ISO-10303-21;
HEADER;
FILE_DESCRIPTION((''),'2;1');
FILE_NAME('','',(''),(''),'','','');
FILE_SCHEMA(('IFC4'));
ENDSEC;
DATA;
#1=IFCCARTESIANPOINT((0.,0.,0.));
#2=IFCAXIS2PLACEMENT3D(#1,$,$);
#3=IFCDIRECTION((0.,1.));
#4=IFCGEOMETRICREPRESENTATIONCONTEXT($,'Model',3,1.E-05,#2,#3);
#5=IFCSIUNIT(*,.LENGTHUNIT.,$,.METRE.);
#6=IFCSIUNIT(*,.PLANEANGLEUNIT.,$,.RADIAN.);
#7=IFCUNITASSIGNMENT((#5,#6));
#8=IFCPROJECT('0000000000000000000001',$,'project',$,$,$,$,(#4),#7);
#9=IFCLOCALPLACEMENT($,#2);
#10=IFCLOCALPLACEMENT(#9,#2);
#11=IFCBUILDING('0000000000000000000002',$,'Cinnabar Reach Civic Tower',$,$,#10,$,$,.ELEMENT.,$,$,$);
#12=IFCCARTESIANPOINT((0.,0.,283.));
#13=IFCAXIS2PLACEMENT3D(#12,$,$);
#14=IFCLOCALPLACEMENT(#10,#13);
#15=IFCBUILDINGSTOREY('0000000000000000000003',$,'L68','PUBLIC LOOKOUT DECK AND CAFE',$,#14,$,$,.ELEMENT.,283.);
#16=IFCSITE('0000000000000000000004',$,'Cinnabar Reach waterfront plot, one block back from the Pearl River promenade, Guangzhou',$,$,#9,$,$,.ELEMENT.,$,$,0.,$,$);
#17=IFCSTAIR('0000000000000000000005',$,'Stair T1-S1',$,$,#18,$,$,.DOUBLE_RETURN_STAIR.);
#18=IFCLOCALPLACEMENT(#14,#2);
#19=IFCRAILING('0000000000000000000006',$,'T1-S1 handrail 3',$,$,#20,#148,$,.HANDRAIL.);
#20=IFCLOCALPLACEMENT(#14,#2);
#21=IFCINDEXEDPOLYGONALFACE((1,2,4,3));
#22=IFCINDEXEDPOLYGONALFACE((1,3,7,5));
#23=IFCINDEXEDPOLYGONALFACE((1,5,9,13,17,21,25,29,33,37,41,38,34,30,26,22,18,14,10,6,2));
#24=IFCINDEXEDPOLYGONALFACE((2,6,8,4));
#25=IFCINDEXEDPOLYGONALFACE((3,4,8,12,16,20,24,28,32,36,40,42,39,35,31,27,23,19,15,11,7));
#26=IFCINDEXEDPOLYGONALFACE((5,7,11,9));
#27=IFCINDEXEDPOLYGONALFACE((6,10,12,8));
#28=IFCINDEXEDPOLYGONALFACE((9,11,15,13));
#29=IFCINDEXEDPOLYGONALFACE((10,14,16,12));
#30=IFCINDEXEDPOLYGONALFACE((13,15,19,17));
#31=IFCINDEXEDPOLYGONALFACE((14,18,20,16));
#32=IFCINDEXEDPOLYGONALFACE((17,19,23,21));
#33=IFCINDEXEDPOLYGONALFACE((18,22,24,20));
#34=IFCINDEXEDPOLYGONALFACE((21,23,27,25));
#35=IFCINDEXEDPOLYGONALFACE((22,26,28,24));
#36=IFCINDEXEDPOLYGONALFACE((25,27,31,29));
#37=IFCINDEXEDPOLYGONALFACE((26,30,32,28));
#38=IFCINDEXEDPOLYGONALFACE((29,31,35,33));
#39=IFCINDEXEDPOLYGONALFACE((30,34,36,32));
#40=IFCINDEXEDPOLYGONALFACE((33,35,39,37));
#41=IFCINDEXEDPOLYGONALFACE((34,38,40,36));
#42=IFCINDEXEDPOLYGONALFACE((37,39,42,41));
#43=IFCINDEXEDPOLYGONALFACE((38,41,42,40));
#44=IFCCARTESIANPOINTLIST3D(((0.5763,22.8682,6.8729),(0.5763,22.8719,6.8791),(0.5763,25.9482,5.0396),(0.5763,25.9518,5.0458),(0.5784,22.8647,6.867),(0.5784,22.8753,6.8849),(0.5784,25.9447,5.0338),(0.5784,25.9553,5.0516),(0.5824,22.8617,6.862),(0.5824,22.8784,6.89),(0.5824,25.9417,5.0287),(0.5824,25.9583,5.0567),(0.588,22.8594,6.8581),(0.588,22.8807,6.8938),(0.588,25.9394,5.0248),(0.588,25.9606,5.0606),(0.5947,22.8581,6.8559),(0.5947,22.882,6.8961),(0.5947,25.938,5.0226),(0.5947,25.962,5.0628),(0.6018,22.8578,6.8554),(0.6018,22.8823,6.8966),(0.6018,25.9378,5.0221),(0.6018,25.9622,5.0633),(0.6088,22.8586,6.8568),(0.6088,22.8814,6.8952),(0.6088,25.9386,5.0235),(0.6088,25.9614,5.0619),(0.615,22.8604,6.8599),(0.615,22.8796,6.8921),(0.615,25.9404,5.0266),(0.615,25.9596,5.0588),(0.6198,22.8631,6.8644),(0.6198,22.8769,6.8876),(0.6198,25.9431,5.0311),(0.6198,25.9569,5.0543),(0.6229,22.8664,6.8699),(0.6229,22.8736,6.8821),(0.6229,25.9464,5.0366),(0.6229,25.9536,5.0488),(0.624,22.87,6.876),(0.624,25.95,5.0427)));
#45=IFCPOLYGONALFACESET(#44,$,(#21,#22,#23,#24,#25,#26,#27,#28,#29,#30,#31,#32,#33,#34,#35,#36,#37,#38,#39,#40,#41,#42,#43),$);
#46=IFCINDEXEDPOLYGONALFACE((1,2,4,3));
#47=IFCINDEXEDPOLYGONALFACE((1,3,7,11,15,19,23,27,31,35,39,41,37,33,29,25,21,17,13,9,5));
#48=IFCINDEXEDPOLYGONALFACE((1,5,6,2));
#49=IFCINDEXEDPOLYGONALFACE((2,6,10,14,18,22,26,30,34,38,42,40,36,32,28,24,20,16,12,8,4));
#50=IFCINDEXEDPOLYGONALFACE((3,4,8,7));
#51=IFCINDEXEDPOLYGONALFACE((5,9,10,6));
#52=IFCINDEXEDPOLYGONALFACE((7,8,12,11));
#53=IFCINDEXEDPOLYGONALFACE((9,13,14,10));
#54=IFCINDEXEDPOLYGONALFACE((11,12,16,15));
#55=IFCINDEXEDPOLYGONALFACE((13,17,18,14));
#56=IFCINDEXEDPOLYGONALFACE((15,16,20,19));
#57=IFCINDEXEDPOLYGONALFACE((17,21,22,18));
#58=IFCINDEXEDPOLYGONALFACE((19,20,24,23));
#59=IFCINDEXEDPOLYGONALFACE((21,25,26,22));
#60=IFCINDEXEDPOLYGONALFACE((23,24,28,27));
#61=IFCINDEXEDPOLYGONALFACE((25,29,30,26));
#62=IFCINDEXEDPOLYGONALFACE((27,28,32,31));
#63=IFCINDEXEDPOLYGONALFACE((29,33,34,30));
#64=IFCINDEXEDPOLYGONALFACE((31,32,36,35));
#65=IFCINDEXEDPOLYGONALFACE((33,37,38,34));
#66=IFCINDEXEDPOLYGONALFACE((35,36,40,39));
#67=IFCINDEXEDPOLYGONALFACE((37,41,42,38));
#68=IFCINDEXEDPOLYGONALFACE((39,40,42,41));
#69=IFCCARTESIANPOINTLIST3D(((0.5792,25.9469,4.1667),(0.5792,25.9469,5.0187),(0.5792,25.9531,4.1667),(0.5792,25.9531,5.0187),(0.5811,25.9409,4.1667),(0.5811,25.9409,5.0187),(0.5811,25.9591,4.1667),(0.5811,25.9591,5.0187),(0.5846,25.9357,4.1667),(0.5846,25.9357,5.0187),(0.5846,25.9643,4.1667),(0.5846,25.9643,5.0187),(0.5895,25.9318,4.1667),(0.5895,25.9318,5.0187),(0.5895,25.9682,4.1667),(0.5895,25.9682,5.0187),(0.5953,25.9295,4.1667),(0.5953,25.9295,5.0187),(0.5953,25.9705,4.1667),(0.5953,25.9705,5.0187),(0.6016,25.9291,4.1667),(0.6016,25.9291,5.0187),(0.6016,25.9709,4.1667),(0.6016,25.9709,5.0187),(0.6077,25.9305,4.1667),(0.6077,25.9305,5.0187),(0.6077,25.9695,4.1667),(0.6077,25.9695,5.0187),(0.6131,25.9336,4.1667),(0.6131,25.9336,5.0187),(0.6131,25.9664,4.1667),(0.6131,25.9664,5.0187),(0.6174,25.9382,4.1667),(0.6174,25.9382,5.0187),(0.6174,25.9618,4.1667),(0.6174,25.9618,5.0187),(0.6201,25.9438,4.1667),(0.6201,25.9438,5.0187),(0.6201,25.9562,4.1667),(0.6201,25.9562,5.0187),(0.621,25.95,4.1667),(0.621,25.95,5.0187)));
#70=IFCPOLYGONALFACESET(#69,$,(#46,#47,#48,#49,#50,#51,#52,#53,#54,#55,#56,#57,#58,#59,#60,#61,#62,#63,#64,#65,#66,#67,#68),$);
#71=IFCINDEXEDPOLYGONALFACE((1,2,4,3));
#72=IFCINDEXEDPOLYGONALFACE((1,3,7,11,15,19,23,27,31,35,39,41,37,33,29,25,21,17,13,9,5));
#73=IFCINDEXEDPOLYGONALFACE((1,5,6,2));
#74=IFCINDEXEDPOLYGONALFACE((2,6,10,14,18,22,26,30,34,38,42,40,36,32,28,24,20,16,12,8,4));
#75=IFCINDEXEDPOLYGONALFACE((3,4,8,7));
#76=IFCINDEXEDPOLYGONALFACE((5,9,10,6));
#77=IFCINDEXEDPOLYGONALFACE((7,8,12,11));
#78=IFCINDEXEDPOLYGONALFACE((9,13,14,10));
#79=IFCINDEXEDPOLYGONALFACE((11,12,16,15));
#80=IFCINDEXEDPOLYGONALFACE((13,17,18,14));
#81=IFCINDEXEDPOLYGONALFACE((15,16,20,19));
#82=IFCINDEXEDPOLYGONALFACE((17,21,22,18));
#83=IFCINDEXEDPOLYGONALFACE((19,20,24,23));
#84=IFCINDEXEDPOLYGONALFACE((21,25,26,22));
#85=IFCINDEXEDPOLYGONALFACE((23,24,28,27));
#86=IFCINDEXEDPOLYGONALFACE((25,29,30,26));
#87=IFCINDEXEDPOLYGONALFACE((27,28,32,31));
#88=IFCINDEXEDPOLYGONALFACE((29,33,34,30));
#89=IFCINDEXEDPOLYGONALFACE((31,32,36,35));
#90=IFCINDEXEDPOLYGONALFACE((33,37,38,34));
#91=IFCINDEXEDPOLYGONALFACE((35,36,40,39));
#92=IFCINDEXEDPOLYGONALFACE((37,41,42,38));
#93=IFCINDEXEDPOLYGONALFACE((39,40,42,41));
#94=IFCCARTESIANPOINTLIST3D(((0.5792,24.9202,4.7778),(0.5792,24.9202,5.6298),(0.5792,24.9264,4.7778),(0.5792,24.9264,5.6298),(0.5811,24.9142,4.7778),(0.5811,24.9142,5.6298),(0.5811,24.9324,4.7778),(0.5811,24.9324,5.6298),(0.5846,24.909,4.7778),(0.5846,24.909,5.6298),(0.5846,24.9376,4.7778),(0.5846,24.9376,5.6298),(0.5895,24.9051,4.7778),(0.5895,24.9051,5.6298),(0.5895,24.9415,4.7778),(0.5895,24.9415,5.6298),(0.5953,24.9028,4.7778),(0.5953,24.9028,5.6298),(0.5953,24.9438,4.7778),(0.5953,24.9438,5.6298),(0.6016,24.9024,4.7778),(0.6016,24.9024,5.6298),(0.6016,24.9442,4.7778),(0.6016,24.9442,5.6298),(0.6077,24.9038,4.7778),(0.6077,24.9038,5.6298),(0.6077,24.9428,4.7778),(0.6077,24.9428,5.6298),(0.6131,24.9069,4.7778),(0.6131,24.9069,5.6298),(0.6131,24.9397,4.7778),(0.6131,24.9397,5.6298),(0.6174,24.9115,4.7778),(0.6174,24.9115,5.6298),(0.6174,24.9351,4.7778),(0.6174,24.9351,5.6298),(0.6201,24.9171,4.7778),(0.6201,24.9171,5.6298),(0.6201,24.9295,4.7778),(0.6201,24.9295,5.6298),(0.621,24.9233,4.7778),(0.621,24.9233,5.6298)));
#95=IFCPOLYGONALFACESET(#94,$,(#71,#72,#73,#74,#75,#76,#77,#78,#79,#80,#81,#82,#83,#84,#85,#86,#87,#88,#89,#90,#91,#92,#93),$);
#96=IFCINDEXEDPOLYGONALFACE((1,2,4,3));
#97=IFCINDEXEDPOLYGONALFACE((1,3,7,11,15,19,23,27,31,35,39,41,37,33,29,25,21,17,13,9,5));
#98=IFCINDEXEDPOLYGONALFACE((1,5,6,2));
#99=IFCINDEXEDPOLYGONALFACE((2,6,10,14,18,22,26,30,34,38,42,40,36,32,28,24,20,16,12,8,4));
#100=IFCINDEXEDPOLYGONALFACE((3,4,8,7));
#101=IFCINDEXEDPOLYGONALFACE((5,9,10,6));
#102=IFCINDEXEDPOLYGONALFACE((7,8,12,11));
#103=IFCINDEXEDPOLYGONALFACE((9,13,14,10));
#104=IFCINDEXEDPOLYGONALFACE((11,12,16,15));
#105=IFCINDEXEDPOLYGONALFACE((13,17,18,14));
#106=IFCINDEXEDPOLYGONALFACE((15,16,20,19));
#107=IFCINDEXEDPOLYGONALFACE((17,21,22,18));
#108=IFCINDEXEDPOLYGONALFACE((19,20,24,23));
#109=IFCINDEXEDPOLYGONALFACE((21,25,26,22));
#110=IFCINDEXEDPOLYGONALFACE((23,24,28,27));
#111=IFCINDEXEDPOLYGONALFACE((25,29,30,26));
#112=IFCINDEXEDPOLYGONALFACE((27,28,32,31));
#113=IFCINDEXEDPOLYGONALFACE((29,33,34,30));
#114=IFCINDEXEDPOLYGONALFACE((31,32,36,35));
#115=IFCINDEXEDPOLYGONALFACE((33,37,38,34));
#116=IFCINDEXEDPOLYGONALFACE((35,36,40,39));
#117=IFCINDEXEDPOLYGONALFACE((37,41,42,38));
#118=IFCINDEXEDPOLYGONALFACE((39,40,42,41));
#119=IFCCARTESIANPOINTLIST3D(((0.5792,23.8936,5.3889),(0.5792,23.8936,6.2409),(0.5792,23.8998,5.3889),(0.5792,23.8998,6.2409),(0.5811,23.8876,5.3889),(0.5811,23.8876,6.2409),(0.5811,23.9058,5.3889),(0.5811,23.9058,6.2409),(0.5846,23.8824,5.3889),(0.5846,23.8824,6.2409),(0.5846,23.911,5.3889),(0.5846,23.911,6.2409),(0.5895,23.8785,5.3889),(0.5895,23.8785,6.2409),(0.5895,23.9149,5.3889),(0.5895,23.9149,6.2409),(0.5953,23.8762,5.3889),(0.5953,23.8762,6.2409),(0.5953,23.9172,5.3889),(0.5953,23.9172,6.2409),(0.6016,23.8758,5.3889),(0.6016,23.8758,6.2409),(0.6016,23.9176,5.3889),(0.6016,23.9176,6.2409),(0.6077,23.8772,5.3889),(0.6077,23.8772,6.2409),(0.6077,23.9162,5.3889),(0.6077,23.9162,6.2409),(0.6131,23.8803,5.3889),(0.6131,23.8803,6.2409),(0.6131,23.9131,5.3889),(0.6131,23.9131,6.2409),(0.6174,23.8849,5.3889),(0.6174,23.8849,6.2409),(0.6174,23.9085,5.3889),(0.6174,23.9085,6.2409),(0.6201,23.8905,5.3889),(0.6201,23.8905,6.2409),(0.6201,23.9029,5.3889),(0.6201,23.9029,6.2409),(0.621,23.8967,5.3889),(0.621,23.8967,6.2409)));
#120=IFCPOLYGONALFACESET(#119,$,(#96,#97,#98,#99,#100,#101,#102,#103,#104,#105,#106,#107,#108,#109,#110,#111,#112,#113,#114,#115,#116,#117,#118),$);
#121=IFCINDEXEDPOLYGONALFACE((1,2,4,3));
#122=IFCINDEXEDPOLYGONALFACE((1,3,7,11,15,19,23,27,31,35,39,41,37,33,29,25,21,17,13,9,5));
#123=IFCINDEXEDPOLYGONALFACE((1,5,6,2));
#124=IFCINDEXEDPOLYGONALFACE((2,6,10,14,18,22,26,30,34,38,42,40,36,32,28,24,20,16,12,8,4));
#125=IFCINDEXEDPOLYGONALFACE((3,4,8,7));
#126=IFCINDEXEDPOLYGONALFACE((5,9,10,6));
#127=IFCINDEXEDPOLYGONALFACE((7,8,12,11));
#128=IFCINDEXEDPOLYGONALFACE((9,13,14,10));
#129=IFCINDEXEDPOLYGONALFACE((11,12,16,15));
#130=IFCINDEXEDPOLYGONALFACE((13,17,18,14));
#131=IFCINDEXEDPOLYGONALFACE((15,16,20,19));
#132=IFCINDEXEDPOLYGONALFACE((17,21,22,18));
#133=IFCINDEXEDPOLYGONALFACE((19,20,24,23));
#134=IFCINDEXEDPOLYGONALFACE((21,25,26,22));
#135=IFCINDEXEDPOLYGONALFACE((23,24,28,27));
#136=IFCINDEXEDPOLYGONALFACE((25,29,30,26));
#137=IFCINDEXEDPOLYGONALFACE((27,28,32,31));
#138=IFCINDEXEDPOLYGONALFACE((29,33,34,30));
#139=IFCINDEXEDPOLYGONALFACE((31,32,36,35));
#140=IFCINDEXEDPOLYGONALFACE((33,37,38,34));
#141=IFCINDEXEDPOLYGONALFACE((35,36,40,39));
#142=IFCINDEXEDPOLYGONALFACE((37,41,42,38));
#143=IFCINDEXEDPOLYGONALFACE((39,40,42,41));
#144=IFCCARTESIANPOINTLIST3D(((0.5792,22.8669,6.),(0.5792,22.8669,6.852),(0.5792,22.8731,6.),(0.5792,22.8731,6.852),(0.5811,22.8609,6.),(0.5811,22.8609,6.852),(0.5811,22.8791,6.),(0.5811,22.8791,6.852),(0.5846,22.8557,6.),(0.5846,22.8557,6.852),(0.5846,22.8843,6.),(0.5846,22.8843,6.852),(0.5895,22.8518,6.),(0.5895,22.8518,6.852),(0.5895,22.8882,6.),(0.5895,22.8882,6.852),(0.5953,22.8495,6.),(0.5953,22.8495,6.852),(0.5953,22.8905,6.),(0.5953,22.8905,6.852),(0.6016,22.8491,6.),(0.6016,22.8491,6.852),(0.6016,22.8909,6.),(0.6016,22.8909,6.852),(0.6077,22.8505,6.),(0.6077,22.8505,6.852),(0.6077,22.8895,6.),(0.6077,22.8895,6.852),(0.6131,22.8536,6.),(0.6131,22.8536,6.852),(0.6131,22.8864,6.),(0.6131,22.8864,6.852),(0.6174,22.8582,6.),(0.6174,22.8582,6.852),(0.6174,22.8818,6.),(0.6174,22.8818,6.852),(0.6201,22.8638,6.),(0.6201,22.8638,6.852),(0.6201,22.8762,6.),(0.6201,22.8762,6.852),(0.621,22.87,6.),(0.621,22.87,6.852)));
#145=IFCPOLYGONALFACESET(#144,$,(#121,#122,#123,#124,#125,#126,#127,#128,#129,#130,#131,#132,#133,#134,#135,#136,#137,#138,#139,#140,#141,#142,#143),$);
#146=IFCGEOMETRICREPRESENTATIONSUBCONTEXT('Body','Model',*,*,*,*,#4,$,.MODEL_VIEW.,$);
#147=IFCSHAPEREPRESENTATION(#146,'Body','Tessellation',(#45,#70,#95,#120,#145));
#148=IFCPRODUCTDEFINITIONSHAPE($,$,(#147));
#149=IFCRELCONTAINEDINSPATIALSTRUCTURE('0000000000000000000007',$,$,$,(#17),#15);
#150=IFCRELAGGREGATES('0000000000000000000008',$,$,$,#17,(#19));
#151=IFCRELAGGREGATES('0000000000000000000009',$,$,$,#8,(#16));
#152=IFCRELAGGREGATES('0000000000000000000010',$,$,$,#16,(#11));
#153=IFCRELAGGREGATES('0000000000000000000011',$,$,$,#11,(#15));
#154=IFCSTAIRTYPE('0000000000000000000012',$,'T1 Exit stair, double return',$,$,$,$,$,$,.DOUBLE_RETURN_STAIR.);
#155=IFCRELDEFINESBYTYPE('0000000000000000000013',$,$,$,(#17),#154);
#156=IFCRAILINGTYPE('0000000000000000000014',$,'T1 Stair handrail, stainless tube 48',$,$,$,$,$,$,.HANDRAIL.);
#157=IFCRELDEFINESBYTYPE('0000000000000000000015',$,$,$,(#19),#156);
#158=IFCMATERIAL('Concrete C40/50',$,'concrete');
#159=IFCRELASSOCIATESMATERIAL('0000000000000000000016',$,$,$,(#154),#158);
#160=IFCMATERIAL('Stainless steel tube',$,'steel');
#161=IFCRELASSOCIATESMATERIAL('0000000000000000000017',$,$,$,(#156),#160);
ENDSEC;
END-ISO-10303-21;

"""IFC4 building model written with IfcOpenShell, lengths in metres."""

from ifc_helpers import new_model, si_unit, direction, frame, origin, origin_2d, place, context, subcontext, project, spatial, circle, extrude, material, type_object, element, aggregate, save


model = new_model("IFC4")

# Units and contexts
model_context = context("Model", 3, precision=1e-05, world=origin(), true_north=direction((0.0, 1.0)))
body_context = subcontext(model_context, "Body", "Model", "MODEL_VIEW")
ifc_project = project(units=[si_unit("LENGTHUNIT", "METRE"), si_unit("PLANEANGLEUNIT", "RADIAN")], contexts=[model_context])

# Site, building, storey
site_placement = place(None, origin())
site = spatial("IfcSite", under=ifc_project, at=site_placement, Name="Cinnabar Reach waterfront plot, one block back from the Pearl River promenade, Guangzhou", CompositionType="ELEMENT", RefElevation=0.0)
building_placement = place(site_placement, origin())
building = spatial("IfcBuilding", under=site, at=building_placement, Name="Cinnabar Reach Civic Tower", CompositionType="ELEMENT")
storey_placement = place(building_placement, frame((0.0, 0.0, 283.0)))
storey = spatial("IfcBuildingStorey", under=building, at=storey_placement, Name="L68", Description="PUBLIC LOOKOUT DECK AND CAFE", CompositionType="ELEMENT", Elevation=283.0)

# Shared definitions
ifc_material_1 = material(Name="Concrete C40/50", Category="concrete")

# Stair, railing
stair_type = type_object("IfcStairType", Name="T1 Exit stair, double return", PredefinedType="DOUBLE_RETURN_STAIR", material=ifc_material_1)
stair_placement = place(storey_placement, origin())
stair = element("IfcStair", 1, at=stair_placement, inside=storey, type_object=stair_type, Name="Stair T1-S1", PredefinedType="DOUBLE_RETURN_STAIR")
ifc_material_2 = material(Name="Stainless steel tube", Category="steel")
railing_type = type_object("IfcRailingType", Name="T1 Stair handrail, stainless tube 48", PredefinedType="HANDRAIL", material=ifc_material_2)
railing_1_placement = place(storey_placement, frame((0.6, 25.95, 4.1667)))
railing_1 = element("IfcRailing", 2, at=railing_1_placement, type_object=railing_type, Name="T1-S1 handrail 3", PredefinedType="HANDRAIL", context=body_context, shape_type="SweptSolid", body=[
    extrude(circle(Radius=0.024, at=origin_2d()), frame((0.0, 0.0, 0.876), z_axis=(0.0, -0.859297, 0.511477), x_axis=(1.0, 0.0, 0.0)), (0.0, 0.0, 1.0), 3.5843),
    extrude(circle(Radius=0.021, at=origin_2d()), origin(), (0.0, 0.0, 1.0), 0.852),
    extrude(circle(Radius=0.021, at=origin_2d()), frame((0.0, -1.0267, 0.6111)), (0.0, 0.0, 1.0), 0.852),
    extrude(circle(Radius=0.021, at=origin_2d()), frame((0.0, -2.0533, 1.2222)), (0.0, 0.0, 1.0), 0.852),
    extrude(circle(Radius=0.021, at=origin_2d()), frame((0.0, -3.08, 1.8333)), (0.0, 0.0, 1.0), 0.852),
])
aggregate(stair, [railing_1])

save(model, "model.ifc")
